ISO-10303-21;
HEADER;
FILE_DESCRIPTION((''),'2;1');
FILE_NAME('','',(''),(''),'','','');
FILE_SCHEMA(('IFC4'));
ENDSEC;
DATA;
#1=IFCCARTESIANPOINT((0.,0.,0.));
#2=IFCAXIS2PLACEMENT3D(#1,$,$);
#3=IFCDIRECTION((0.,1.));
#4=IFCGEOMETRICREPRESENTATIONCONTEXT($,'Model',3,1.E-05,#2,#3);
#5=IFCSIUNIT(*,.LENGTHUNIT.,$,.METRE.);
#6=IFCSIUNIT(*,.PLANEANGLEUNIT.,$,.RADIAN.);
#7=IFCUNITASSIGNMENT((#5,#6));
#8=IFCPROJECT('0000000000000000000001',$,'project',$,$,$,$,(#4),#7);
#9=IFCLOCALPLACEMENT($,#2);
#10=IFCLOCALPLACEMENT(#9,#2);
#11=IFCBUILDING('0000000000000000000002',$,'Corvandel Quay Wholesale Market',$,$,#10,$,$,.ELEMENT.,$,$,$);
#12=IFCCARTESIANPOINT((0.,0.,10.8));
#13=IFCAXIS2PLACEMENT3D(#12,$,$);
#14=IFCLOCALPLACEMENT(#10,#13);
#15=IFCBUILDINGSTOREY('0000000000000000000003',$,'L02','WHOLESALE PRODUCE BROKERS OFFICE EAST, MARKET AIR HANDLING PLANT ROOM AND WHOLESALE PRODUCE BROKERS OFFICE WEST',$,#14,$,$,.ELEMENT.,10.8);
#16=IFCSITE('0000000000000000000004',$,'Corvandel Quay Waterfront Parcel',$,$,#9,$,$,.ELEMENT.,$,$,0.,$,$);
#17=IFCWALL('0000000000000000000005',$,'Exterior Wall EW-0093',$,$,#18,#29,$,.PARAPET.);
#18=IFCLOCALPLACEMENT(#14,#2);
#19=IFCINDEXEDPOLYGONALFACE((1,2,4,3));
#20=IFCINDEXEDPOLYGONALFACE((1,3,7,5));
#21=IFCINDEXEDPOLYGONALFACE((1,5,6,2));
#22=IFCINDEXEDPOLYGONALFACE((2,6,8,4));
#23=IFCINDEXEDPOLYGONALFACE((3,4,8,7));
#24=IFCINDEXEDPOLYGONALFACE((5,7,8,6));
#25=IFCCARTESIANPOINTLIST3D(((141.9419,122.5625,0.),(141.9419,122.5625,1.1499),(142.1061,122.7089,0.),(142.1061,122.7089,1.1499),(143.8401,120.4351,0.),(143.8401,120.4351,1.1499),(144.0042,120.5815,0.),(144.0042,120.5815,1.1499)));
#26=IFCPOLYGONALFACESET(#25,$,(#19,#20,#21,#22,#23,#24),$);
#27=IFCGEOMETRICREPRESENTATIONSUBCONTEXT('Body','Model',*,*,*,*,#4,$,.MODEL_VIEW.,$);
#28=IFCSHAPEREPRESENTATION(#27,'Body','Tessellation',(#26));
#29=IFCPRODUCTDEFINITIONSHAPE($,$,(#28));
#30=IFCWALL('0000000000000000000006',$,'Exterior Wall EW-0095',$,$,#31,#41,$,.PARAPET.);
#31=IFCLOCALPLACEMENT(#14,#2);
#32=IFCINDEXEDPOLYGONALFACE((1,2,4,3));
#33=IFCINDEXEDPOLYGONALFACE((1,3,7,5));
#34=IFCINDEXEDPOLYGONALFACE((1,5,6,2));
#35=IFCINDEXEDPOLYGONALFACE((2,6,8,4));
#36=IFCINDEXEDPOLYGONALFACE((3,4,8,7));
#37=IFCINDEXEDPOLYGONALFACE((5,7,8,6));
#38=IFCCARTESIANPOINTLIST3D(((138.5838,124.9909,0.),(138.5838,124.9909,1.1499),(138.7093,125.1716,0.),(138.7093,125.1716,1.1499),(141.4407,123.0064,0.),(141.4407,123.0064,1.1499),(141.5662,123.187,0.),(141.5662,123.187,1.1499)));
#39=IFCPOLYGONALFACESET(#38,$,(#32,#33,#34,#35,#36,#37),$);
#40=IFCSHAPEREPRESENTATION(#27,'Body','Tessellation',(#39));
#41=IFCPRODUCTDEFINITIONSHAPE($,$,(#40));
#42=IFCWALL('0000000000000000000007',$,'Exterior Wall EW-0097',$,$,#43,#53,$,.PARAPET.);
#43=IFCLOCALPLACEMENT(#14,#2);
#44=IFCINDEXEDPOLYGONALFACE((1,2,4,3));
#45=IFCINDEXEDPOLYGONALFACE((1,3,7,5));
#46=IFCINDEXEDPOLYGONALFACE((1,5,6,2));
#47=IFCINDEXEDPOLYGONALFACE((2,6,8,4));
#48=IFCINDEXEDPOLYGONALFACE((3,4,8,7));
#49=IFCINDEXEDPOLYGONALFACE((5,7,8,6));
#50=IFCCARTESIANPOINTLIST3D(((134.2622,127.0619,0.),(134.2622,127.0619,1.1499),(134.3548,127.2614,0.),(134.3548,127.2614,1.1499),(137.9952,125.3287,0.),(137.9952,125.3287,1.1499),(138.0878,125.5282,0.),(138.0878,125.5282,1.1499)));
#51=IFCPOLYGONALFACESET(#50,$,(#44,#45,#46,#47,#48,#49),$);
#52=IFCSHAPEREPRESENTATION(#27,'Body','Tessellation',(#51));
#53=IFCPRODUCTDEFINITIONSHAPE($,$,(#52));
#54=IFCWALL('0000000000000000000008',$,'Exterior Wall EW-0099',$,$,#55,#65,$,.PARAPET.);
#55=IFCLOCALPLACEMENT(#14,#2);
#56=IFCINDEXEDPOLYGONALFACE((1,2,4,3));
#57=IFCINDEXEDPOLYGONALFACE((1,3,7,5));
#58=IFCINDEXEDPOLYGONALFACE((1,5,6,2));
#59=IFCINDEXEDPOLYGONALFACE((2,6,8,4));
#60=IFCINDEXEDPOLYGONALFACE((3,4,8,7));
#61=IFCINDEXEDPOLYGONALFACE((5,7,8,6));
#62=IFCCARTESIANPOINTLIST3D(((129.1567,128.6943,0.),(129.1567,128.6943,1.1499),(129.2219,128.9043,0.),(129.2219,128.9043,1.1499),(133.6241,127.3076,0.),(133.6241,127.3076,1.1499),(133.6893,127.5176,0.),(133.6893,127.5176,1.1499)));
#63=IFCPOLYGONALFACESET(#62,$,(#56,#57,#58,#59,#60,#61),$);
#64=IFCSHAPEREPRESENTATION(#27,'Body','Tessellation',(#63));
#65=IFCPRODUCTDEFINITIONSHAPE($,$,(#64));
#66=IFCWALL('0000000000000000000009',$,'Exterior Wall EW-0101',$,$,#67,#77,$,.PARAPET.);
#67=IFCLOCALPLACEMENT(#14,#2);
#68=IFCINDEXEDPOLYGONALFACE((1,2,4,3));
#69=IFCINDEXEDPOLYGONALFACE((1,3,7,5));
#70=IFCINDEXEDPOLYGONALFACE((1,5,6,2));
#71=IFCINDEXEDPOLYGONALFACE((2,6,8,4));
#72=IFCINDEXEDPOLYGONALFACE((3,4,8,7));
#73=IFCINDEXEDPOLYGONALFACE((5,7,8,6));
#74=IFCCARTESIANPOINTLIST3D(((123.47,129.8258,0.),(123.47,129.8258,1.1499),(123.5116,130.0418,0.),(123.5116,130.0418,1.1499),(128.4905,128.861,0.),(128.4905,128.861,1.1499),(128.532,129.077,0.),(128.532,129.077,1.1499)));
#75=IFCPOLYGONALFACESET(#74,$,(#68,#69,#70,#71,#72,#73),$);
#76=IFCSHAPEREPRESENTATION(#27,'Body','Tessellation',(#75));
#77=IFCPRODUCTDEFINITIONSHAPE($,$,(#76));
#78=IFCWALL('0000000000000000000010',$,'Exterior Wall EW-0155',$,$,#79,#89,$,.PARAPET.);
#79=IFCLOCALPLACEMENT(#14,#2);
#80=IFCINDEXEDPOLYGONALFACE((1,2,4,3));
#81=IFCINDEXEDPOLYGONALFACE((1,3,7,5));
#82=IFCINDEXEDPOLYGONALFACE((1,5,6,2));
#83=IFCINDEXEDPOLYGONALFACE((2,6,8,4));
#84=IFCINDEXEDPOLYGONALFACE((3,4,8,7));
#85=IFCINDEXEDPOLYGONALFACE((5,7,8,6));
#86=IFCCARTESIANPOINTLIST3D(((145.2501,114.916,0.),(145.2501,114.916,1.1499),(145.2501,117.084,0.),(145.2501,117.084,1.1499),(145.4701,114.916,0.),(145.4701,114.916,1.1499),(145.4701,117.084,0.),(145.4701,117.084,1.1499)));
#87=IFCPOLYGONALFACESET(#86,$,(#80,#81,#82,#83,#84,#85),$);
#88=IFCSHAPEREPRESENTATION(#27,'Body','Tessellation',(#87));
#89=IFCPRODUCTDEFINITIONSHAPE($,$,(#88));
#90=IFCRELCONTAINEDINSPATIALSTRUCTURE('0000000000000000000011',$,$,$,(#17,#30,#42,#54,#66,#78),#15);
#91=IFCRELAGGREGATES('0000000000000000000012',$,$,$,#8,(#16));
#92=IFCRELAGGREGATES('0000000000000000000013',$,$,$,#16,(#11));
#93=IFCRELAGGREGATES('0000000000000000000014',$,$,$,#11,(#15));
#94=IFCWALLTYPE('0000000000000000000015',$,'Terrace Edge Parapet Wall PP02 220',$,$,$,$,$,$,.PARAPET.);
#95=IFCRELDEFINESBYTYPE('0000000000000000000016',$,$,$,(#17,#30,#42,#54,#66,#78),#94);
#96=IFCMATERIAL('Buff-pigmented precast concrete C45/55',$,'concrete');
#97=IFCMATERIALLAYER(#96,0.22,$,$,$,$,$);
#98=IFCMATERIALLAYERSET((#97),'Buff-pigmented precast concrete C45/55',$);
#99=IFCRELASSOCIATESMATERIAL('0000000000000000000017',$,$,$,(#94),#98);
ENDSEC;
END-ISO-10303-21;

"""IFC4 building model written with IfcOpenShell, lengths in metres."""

from ifc_helpers import new_model, si_unit, direction, frame, frame_2d, origin, place, context, subcontext, project, spatial, rectangle, extrude, material, layer, layer_set, type_object, element, save


model = new_model("IFC4")

# Units and contexts
model_context = context("Model", 3, precision=1e-05, world=origin(), true_north=direction((0.0, 1.0)))
body_context = subcontext(model_context, "Body", "Model", "MODEL_VIEW")
ifc_project = project(units=[si_unit("LENGTHUNIT", "METRE"), si_unit("PLANEANGLEUNIT", "RADIAN")], contexts=[model_context])

# Site, building, storey
site_placement = place(None, origin())
site = spatial("IfcSite", under=ifc_project, at=site_placement, Name="Corvandel Quay Waterfront Parcel", CompositionType="ELEMENT", RefElevation=0.0)
building_placement = place(site_placement, origin())
building = spatial("IfcBuilding", under=site, at=building_placement, Name="Corvandel Quay Wholesale Market", CompositionType="ELEMENT")
storey_placement = place(building_placement, frame((0.0, 0.0, 10.8)))
storey = spatial("IfcBuildingStorey", under=building, at=storey_placement, Name="L02", Description="WHOLESALE PRODUCE BROKERS OFFICE EAST, MARKET AIR HANDLING PLANT ROOM AND WHOLESALE PRODUCE BROKERS OFFICE WEST", CompositionType="ELEMENT", Elevation=10.8)

# Walls
ifc_material_1 = material(Name="Buff-pigmented precast concrete C45/55", Category="concrete")
ifc_layer_1 = layer(ifc_material_1, 0.22)
ifc_layer_set_1 = layer_set([ifc_layer_1], Name="Buff-pigmented precast concrete C45/55")
wall_type_1 = type_object("IfcWallType", Name="Terrace Edge Parapet Wall PP02 220", PredefinedType="PARAPET", material=ifc_layer_set_1)
wall_1_placement = place(storey_placement, frame((143.9221, 120.5083, 0.0), z_axis=(0.0, 0.0, 1.0), x_axis=(-0.66576, 0.746166, 0.0)))
element("IfcWall", 1, at=wall_1_placement, inside=storey, type_object=wall_type_1, Name="Exterior Wall EW-0093", PredefinedType="PARAPET", context=body_context, shape_type="SweptSolid", body=[
    extrude(rectangle(XDim=2.8511, YDim=0.22, at=frame_2d((1.4255, 0.0))), origin(), (0.0, 0.0, 1.0), 1.1499),
])
wall_2_placement = place(storey_placement, frame((141.5034, 123.0967, 0.0), z_axis=(0.0, 0.0, 1.0), x_axis=(-0.821284, 0.570519, 0.0)))
element("IfcWall", 2, at=wall_2_placement, inside=storey, type_object=wall_type_1, Name="Exterior Wall EW-0095", PredefinedType="PARAPET", context=body_context, shape_type="SweptSolid", body=[
    extrude(rectangle(XDim=3.4785, YDim=0.22, at=frame_2d((1.7393, 0.0))), origin(), (0.0, 0.0, 1.0), 1.1499),
])
wall_3_placement = place(storey_placement, frame((138.0415, 125.4285, 0.0), z_axis=(0.0, 0.0, 1.0), x_axis=(-0.907007, 0.421115, 0.0)))
element("IfcWall", 3, at=wall_3_placement, inside=storey, type_object=wall_type_1, Name="Exterior Wall EW-0097", PredefinedType="PARAPET", context=body_context, shape_type="SweptSolid", body=[
    extrude(rectangle(XDim=4.1157, YDim=0.22, at=frame_2d((2.0579, 0.0))), origin(), (0.0, 0.0, 1.0), 1.1499),
])
wall_4_placement = place(storey_placement, frame((133.6567, 127.4126, 0.0), z_axis=(0.0, 0.0, 1.0), x_axis=(-0.955049, 0.296447, 0.0)))
element("IfcWall", 4, at=wall_4_placement, inside=storey, type_object=wall_type_1, Name="Exterior Wall EW-0099", PredefinedType="PARAPET", context=body_context, shape_type="SweptSolid", body=[
    extrude(rectangle(XDim=4.6777, YDim=0.22, at=frame_2d((2.3389, 0.0))), origin(), (0.0, 0.0, 1.0), 1.1499),
])
wall_5_placement = place(storey_placement, frame((128.5112, 128.969, 0.0), z_axis=(0.0, 0.0, 1.0), x_axis=(-0.98203, 0.188727, 0.0)))
element("IfcWall", 5, at=wall_5_placement, inside=storey, type_object=wall_type_1, Name="Exterior Wall EW-0101", PredefinedType="PARAPET", context=body_context, shape_type="SweptSolid", body=[
    extrude(rectangle(XDim=5.1123, YDim=0.22, at=frame_2d((2.5562, 0.0))), origin(), (0.0, 0.0, 1.0), 1.1499),
])
wall_6_placement = place(storey_placement, frame((145.3601, 114.916, 0.0), z_axis=(0.0, 0.0, 1.0), x_axis=(0.0, 1.0, 0.0)))
element("IfcWall", 6, at=wall_6_placement, inside=storey, type_object=wall_type_1, Name="Exterior Wall EW-0155", PredefinedType="PARAPET", context=body_context, shape_type="SweptSolid", body=[
    extrude(rectangle(XDim=2.168, YDim=0.22, at=frame_2d((1.084, 0.0))), origin(), (0.0, 0.0, 1.0), 1.1499),
])

save(model, "model.ifc")
